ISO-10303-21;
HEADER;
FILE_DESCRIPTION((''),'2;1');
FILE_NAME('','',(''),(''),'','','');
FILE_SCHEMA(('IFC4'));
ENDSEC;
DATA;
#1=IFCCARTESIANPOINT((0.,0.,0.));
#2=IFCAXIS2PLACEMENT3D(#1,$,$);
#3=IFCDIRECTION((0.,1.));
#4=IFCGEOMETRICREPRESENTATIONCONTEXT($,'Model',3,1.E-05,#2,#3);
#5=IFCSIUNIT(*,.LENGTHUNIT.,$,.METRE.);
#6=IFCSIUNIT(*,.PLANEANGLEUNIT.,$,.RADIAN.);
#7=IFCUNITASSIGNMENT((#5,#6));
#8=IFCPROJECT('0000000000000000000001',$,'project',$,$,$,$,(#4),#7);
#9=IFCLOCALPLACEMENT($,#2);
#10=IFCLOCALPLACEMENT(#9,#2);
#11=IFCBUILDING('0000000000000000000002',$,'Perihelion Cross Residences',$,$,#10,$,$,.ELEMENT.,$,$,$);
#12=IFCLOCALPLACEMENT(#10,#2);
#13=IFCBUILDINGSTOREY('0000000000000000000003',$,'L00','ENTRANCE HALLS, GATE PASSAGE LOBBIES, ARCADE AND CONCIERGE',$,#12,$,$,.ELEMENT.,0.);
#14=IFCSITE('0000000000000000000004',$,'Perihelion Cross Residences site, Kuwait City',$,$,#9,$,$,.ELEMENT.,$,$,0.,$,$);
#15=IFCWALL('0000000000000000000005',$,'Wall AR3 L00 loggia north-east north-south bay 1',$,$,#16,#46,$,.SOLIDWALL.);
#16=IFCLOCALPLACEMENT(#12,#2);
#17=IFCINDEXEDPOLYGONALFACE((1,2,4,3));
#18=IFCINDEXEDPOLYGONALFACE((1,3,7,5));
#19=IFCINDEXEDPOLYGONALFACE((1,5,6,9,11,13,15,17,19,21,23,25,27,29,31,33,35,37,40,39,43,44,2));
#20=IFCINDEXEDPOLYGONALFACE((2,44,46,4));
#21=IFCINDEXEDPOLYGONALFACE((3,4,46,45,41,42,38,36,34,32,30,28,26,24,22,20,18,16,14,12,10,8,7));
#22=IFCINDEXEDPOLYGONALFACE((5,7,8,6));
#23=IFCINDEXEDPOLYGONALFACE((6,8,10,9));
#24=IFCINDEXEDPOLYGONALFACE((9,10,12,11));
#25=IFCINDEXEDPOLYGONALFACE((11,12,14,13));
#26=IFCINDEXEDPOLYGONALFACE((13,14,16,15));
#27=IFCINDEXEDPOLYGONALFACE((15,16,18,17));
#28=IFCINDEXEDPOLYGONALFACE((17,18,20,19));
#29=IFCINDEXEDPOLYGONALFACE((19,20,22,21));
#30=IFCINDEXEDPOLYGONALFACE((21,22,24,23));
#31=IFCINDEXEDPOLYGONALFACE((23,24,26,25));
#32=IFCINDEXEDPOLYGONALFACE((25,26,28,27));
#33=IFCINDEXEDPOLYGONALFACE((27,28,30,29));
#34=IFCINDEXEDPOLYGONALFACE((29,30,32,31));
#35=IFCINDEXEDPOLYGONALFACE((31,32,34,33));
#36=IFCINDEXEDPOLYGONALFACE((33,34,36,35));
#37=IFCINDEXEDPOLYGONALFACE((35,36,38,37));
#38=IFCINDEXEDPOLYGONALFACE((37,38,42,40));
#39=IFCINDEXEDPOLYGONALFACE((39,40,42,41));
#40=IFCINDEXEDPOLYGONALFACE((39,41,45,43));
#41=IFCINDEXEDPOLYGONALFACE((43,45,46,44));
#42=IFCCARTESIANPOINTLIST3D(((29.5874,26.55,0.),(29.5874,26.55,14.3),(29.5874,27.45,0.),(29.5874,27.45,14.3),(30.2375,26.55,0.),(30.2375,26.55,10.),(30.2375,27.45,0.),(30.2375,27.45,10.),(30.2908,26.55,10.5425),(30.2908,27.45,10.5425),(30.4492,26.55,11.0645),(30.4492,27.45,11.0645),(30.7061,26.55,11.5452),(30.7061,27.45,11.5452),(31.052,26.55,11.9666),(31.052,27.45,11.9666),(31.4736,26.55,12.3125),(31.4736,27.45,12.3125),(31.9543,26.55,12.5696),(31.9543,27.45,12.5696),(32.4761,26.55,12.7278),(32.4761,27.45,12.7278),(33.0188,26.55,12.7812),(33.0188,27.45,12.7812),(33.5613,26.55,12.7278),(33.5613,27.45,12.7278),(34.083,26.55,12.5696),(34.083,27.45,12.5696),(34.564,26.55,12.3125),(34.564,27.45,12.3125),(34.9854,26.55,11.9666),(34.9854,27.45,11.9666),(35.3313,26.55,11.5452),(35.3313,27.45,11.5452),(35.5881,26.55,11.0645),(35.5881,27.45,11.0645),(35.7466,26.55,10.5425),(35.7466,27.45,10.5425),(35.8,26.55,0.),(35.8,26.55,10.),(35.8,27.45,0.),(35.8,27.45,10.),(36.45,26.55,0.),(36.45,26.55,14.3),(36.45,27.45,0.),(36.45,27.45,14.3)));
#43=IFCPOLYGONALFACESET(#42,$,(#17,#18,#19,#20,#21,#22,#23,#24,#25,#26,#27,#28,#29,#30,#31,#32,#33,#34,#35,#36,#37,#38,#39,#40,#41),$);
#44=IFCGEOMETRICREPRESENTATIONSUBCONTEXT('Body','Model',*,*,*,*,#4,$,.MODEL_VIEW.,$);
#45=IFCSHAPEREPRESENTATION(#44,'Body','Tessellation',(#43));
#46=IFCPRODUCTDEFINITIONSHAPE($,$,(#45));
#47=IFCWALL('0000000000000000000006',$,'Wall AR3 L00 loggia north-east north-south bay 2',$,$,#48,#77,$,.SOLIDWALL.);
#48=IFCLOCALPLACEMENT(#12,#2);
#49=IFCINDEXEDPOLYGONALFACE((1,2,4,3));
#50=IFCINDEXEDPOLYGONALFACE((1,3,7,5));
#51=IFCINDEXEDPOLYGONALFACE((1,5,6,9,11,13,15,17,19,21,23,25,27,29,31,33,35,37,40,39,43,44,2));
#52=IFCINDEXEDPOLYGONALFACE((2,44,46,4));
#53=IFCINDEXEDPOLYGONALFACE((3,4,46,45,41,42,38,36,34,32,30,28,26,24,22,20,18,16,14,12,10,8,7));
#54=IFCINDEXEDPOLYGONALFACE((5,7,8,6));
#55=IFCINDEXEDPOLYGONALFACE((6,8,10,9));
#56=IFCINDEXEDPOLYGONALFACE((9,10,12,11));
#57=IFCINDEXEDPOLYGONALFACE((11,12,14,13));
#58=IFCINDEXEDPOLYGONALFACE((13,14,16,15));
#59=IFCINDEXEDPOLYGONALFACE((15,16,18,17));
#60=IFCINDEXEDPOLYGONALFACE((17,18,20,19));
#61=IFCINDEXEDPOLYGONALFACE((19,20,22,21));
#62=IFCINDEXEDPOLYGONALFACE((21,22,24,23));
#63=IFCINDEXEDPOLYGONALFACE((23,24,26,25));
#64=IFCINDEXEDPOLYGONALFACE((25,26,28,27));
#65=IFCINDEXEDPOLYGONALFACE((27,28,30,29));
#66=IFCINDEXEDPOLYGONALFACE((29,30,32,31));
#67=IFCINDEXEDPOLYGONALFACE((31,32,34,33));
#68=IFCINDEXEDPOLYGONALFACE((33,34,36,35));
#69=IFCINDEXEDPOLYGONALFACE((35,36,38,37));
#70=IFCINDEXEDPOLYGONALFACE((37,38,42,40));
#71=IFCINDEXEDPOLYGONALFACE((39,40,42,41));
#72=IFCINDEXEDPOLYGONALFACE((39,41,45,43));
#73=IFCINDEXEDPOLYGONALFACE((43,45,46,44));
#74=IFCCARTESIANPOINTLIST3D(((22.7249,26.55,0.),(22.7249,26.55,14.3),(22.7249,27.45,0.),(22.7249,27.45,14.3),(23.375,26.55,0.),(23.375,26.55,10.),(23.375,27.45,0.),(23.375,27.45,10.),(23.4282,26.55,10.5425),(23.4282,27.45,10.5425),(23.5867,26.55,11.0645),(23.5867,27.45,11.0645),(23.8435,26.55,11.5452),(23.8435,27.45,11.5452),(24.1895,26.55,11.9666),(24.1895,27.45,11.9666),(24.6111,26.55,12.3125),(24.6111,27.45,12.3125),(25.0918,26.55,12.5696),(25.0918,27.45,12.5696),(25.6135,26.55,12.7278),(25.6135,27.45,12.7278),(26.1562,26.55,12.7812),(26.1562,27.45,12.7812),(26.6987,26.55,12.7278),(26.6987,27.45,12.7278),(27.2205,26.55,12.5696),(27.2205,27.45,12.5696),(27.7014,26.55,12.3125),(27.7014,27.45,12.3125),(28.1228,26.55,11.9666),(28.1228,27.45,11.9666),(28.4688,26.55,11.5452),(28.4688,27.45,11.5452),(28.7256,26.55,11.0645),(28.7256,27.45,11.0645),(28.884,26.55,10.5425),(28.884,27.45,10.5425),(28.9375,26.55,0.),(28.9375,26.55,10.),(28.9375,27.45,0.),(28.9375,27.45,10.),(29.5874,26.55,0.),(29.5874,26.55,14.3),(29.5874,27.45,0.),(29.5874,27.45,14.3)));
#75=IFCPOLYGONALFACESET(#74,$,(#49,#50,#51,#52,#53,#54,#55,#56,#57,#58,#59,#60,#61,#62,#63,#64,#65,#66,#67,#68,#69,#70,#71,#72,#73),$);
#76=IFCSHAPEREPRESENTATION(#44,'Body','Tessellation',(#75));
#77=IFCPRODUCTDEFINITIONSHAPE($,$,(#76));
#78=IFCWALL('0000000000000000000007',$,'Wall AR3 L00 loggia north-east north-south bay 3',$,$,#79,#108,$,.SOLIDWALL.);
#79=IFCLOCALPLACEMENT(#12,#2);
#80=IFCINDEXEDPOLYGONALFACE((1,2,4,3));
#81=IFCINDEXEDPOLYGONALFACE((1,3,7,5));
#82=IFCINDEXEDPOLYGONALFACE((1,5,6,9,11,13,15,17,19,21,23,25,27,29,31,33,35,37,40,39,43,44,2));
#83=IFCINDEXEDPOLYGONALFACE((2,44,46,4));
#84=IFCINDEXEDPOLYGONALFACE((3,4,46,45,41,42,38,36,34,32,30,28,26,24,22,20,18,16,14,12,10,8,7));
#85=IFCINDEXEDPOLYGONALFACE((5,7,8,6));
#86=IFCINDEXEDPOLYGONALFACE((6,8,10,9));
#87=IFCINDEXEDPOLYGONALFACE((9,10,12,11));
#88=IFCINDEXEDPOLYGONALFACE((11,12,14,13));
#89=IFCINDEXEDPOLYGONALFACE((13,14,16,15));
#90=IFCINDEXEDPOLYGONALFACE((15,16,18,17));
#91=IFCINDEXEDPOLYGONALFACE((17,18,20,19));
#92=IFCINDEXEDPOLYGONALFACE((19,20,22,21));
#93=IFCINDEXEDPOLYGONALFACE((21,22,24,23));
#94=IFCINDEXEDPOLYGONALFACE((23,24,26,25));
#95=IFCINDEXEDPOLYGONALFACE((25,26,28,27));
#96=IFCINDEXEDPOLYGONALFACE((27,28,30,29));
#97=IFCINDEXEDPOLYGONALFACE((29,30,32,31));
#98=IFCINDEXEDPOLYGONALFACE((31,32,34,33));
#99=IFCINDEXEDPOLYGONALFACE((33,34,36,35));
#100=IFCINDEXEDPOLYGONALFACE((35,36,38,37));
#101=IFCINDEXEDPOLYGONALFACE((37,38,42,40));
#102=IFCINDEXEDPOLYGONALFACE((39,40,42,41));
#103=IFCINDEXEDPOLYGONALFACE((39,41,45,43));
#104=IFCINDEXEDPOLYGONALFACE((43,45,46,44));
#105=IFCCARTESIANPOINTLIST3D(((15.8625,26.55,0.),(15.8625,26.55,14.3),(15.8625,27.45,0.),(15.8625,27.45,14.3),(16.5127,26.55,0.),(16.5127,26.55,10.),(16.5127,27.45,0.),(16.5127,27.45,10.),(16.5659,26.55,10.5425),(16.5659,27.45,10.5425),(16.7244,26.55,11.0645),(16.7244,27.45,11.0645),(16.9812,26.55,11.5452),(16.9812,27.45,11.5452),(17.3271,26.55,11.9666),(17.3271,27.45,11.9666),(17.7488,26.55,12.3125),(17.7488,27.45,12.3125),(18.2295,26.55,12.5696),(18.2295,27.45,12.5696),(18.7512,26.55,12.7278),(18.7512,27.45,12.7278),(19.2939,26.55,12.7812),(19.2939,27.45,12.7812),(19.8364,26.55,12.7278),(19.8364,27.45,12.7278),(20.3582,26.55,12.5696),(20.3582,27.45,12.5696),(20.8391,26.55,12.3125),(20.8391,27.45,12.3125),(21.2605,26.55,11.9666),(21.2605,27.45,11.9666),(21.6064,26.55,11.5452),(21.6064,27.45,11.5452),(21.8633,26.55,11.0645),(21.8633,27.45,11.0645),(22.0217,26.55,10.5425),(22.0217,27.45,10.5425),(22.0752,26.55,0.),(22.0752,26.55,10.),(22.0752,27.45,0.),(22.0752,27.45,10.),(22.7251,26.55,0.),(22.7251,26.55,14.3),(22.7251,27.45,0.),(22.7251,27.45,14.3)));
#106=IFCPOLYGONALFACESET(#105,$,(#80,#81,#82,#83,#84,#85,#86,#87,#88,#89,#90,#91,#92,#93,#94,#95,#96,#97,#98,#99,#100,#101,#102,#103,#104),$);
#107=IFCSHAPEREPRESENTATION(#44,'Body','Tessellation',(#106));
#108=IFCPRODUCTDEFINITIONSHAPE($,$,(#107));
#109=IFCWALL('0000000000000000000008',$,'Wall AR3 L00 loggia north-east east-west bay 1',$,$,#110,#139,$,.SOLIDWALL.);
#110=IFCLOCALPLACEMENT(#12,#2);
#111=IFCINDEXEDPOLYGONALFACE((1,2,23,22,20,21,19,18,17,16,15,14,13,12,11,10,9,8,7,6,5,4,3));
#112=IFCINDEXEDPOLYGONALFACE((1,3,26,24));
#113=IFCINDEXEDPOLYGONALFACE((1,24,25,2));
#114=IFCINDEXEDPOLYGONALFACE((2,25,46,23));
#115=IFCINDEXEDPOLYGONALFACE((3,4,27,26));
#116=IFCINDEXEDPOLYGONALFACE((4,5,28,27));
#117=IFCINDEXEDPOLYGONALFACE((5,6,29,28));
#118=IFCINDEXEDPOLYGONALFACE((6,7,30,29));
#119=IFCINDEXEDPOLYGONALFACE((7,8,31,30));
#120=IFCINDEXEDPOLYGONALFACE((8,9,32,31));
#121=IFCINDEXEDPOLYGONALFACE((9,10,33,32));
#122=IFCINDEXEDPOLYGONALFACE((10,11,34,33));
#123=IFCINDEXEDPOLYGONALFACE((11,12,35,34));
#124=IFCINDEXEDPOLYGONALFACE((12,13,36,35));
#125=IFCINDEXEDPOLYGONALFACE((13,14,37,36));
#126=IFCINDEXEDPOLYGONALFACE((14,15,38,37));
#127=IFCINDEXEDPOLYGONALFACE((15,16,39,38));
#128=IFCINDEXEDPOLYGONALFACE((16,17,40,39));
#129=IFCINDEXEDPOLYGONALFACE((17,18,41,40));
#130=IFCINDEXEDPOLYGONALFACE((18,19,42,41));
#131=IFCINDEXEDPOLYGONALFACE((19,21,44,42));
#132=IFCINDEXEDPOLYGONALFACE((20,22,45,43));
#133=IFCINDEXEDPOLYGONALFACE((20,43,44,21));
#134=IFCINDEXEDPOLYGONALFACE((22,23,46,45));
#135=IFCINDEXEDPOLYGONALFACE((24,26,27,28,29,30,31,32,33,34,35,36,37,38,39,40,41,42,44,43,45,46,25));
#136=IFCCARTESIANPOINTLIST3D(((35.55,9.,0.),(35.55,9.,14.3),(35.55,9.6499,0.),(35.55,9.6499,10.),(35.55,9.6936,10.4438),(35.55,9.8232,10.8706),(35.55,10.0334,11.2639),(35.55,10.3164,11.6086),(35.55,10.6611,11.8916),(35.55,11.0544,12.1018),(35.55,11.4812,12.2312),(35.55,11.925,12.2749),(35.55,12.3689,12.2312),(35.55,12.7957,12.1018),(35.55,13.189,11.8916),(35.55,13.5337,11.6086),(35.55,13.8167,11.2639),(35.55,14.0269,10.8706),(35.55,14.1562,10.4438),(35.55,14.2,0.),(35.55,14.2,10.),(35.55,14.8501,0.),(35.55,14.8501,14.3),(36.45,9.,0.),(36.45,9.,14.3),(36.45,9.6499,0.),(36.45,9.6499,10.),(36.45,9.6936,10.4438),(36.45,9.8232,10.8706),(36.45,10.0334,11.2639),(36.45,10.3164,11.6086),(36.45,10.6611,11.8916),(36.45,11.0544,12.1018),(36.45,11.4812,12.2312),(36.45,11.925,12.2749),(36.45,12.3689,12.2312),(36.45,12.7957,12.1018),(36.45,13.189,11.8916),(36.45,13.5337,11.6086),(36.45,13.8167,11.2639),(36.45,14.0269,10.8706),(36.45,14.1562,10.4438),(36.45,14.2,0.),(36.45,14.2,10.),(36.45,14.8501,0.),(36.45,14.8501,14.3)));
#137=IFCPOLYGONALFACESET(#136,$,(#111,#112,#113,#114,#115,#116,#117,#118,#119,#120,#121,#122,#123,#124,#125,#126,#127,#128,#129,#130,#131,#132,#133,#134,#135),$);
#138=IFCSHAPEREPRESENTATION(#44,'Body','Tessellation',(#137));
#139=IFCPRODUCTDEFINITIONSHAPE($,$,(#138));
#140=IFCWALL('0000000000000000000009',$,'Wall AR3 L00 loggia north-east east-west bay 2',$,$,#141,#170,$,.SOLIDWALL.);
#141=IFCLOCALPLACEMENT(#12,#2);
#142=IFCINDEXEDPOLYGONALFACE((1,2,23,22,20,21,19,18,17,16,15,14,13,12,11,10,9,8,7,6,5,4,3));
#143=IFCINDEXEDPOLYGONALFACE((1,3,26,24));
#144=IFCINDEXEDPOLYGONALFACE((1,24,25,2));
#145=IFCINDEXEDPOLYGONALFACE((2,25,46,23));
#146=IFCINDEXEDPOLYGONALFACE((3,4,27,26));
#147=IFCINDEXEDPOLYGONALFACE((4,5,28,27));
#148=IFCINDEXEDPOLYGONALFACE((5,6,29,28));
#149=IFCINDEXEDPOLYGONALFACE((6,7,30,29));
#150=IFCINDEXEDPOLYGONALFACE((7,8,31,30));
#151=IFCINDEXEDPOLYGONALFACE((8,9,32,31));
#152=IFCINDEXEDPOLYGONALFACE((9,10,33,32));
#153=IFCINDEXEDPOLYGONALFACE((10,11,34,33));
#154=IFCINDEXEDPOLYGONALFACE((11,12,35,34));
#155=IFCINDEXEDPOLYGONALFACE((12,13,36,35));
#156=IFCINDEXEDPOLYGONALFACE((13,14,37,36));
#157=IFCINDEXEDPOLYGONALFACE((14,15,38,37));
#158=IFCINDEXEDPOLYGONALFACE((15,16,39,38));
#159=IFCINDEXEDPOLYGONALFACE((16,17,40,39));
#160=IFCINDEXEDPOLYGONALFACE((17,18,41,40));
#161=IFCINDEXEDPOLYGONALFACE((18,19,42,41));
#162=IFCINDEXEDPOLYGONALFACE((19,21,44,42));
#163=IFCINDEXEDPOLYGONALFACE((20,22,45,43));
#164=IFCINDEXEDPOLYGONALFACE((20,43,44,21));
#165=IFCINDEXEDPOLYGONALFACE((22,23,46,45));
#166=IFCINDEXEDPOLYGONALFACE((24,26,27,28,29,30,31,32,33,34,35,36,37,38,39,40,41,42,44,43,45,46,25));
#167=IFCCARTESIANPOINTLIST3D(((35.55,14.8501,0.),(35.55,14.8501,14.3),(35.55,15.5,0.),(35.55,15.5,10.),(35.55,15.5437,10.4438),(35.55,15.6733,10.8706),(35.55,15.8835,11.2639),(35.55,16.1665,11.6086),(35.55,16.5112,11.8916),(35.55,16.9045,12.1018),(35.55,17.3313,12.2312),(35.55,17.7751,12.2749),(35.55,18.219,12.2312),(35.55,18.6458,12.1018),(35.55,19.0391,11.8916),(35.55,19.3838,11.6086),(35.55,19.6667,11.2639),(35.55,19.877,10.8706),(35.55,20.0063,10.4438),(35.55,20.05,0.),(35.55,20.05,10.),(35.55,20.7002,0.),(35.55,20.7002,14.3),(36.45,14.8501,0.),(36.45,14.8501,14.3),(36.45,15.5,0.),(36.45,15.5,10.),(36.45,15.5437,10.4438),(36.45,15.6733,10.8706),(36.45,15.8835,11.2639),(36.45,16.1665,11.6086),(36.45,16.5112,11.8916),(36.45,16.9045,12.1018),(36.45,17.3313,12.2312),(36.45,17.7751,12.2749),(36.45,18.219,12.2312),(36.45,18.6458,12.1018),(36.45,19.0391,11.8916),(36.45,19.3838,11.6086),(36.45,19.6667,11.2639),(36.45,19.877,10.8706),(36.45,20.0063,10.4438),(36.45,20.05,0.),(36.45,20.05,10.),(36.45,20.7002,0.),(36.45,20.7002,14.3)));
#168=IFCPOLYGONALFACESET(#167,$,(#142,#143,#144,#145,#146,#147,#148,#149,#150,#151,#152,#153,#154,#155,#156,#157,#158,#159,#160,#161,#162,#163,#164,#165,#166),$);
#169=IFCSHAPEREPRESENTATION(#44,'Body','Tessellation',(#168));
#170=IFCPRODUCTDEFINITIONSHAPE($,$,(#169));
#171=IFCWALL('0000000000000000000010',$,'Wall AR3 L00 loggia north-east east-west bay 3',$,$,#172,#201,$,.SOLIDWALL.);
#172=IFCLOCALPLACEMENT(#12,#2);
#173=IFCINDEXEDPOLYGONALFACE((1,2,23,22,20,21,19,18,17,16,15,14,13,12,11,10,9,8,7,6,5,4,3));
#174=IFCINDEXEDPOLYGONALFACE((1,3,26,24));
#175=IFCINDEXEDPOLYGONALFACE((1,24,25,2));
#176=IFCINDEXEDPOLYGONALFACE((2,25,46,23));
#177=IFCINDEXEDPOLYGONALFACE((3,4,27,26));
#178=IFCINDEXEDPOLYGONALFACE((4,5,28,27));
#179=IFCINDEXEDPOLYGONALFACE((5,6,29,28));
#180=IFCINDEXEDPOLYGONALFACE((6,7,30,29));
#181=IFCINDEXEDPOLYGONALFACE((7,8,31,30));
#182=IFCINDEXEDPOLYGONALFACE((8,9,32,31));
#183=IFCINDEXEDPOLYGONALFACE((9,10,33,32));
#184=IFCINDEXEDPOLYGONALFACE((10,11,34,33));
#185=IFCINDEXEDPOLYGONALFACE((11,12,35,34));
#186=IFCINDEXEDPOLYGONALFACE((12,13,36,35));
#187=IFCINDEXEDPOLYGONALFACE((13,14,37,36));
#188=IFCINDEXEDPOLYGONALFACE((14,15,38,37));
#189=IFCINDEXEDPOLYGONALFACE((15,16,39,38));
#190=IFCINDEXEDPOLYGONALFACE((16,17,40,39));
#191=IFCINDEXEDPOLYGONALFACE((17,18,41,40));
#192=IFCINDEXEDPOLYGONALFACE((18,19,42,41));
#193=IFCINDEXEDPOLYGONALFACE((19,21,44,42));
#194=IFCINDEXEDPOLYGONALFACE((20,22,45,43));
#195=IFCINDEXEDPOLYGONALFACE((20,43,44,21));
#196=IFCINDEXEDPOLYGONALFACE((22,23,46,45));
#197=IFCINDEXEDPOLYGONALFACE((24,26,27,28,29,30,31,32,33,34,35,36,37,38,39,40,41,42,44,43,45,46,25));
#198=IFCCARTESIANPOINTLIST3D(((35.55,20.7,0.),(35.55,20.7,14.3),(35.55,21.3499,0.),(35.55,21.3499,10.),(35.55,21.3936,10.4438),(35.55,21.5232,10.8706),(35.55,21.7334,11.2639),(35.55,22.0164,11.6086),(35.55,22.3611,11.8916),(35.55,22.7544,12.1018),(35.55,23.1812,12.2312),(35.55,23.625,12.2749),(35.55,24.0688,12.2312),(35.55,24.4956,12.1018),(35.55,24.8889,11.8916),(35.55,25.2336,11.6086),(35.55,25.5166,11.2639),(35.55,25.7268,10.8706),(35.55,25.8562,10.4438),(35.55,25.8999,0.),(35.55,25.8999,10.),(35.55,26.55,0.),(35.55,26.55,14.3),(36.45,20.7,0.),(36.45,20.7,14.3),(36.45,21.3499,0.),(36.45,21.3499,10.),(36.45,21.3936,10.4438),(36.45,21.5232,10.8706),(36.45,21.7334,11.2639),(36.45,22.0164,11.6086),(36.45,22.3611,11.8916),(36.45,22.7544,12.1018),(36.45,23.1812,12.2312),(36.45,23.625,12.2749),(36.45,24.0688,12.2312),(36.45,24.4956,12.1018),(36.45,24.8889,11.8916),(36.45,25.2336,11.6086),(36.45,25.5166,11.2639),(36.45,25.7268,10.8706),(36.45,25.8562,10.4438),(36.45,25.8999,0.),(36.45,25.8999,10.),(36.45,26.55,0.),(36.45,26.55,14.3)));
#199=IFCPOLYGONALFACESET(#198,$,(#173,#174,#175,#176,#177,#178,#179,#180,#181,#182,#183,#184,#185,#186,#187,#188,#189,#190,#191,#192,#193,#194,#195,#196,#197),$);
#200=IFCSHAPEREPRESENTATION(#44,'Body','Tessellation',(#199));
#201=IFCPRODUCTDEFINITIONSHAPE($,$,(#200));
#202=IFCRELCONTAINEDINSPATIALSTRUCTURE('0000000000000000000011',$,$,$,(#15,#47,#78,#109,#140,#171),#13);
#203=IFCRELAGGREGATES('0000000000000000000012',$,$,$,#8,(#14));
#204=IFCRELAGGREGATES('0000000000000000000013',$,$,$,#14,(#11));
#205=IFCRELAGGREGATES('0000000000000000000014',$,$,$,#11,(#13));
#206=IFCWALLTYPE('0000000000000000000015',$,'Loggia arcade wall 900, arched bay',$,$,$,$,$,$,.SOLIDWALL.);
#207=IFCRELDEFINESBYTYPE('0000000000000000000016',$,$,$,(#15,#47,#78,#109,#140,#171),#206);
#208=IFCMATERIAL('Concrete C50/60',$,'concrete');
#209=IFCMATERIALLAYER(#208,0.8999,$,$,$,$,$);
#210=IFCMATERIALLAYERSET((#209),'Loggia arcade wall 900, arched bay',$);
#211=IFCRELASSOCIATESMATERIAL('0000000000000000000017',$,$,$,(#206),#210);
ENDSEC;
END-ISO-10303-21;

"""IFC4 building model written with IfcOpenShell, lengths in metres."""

from ifc_helpers import new_model, si_unit, direction, frame, origin, place, context, subcontext, project, spatial, polyline, outline, extrude, material, layer, layer_set, type_object, element, save


model = new_model("IFC4")

# Units and contexts
model_context = context("Model", 3, precision=1e-05, world=origin(), true_north=direction((0.0, 1.0)))
body_context = subcontext(model_context, "Body", "Model", "MODEL_VIEW")
ifc_project = project(units=[si_unit("LENGTHUNIT", "METRE"), si_unit("PLANEANGLEUNIT", "RADIAN")], contexts=[model_context])

# Site, building, storey
site_placement = place(None, origin())
site = spatial("IfcSite", under=ifc_project, at=site_placement, Name="Perihelion Cross Residences site, Kuwait City", CompositionType="ELEMENT", RefElevation=0.0)
building_placement = place(site_placement, origin())
building = spatial("IfcBuilding", under=site, at=building_placement, Name="Perihelion Cross Residences", CompositionType="ELEMENT")
storey_placement = place(building_placement, origin())
storey = spatial("IfcBuildingStorey", under=building, at=storey_placement, Name="L00", Description="ENTRANCE HALLS, GATE PASSAGE LOBBIES, ARCADE AND CONCIERGE", CompositionType="ELEMENT", Elevation=0.0)

# Walls
ifc_material_1 = material(Name="Concrete C50/60", Category="concrete")
ifc_layer_1 = layer(ifc_material_1, 0.8999)
ifc_layer_set_1 = layer_set([ifc_layer_1], Name="Loggia arcade wall 900, arched bay")
wall_type_1 = type_object("IfcWallType", Name="Loggia arcade wall 900, arched bay", PredefinedType="SOLIDWALL", material=ifc_layer_set_1)
for number, where, z_axis, x_axis, name in (
    (1, (36.45, 26.55, 0.0), (0.0, 1.0, 0.0), (-1.0, 0.0, 0.0), "Wall AR3 L00 loggia north-east north-south bay 1"),
    (2, (29.5874, 26.55, 0.0), (0.0, 1.0, 0.0), (-1.0, 0.0, 0.0), "Wall AR3 L00 loggia north-east north-south bay 2"),
    (3, (22.7251, 26.55, 0.0), (0.0, 1.0, 0.0), (-1.0, 0.0, 0.0), "Wall AR3 L00 loggia north-east north-south bay 3"),
):
    element("IfcWall", number, at=place(storey_placement, frame(where, z_axis=z_axis, x_axis=x_axis)), inside=storey, type_object=wall_type_1, Name=name, PredefinedType="SOLIDWALL", context=body_context, shape_type="SweptSolid", body=[
        extrude(outline(polyline([(0.0, 0.0), (0.6499, 0.0), (0.6499, 10.0), (0.7034, 10.5425), (0.8618, 11.0645), (1.1187, 11.5452), (1.4646, 11.9666), (1.886, 12.3125), (2.3669, 12.5696), (2.8887, 12.7278), (3.4312, 12.7812), (3.9739, 12.7278), (4.4956, 12.5696), (4.9763, 12.3125), (5.3979, 11.9666), (5.7439, 11.5452), (6.0007, 11.0645), (6.1592, 10.5425), (6.2124, 10.0), (6.2124, 0.0), (6.8625, 0.0), (6.8625, 14.3), (0.0, 14.3), (0.0, 0.0)])), origin(), (0.0, 0.0, 1.0), 0.8999),
    ])
for number, where, z_axis, x_axis, name in (
    (4, (35.55, 9.0, 0.0), (1.0, 0.0, 0.0), (0.0, 1.0, 0.0), "Wall AR3 L00 loggia north-east east-west bay 1"),
    (5, (35.55, 14.8501, 0.0), (1.0, 0.0, 0.0), (0.0, 1.0, 0.0), "Wall AR3 L00 loggia north-east east-west bay 2"),
    (6, (35.55, 20.7, 0.0), (1.0, 0.0, 0.0), (0.0, 1.0, 0.0), "Wall AR3 L00 loggia north-east east-west bay 3"),
):
    element("IfcWall", number, at=place(storey_placement, frame(where, z_axis=z_axis, x_axis=x_axis)), inside=storey, type_object=wall_type_1, Name=name, PredefinedType="SOLIDWALL", context=body_context, shape_type="SweptSolid", body=[
        extrude(outline(polyline([(0.0, 0.0), (0.6499, 0.0), (0.6499, 10.0), (0.6936, 10.4438), (0.8232, 10.8706), (1.0334, 11.2639), (1.3164, 11.6086), (1.6611, 11.8916), (2.0544, 12.1018), (2.4812, 12.2312), (2.925, 12.2749), (3.3689, 12.2312), (3.7957, 12.1018), (4.189, 11.8916), (4.5337, 11.6086), (4.8167, 11.2639), (5.0269, 10.8706), (5.1562, 10.4438), (5.2, 10.0), (5.2, 0.0), (5.8501, 0.0), (5.8501, 14.3), (0.0, 14.3), (0.0, 0.0)])), origin(), (0.0, 0.0, 1.0), 0.8999),
    ])

save(model, "model.ifc")
